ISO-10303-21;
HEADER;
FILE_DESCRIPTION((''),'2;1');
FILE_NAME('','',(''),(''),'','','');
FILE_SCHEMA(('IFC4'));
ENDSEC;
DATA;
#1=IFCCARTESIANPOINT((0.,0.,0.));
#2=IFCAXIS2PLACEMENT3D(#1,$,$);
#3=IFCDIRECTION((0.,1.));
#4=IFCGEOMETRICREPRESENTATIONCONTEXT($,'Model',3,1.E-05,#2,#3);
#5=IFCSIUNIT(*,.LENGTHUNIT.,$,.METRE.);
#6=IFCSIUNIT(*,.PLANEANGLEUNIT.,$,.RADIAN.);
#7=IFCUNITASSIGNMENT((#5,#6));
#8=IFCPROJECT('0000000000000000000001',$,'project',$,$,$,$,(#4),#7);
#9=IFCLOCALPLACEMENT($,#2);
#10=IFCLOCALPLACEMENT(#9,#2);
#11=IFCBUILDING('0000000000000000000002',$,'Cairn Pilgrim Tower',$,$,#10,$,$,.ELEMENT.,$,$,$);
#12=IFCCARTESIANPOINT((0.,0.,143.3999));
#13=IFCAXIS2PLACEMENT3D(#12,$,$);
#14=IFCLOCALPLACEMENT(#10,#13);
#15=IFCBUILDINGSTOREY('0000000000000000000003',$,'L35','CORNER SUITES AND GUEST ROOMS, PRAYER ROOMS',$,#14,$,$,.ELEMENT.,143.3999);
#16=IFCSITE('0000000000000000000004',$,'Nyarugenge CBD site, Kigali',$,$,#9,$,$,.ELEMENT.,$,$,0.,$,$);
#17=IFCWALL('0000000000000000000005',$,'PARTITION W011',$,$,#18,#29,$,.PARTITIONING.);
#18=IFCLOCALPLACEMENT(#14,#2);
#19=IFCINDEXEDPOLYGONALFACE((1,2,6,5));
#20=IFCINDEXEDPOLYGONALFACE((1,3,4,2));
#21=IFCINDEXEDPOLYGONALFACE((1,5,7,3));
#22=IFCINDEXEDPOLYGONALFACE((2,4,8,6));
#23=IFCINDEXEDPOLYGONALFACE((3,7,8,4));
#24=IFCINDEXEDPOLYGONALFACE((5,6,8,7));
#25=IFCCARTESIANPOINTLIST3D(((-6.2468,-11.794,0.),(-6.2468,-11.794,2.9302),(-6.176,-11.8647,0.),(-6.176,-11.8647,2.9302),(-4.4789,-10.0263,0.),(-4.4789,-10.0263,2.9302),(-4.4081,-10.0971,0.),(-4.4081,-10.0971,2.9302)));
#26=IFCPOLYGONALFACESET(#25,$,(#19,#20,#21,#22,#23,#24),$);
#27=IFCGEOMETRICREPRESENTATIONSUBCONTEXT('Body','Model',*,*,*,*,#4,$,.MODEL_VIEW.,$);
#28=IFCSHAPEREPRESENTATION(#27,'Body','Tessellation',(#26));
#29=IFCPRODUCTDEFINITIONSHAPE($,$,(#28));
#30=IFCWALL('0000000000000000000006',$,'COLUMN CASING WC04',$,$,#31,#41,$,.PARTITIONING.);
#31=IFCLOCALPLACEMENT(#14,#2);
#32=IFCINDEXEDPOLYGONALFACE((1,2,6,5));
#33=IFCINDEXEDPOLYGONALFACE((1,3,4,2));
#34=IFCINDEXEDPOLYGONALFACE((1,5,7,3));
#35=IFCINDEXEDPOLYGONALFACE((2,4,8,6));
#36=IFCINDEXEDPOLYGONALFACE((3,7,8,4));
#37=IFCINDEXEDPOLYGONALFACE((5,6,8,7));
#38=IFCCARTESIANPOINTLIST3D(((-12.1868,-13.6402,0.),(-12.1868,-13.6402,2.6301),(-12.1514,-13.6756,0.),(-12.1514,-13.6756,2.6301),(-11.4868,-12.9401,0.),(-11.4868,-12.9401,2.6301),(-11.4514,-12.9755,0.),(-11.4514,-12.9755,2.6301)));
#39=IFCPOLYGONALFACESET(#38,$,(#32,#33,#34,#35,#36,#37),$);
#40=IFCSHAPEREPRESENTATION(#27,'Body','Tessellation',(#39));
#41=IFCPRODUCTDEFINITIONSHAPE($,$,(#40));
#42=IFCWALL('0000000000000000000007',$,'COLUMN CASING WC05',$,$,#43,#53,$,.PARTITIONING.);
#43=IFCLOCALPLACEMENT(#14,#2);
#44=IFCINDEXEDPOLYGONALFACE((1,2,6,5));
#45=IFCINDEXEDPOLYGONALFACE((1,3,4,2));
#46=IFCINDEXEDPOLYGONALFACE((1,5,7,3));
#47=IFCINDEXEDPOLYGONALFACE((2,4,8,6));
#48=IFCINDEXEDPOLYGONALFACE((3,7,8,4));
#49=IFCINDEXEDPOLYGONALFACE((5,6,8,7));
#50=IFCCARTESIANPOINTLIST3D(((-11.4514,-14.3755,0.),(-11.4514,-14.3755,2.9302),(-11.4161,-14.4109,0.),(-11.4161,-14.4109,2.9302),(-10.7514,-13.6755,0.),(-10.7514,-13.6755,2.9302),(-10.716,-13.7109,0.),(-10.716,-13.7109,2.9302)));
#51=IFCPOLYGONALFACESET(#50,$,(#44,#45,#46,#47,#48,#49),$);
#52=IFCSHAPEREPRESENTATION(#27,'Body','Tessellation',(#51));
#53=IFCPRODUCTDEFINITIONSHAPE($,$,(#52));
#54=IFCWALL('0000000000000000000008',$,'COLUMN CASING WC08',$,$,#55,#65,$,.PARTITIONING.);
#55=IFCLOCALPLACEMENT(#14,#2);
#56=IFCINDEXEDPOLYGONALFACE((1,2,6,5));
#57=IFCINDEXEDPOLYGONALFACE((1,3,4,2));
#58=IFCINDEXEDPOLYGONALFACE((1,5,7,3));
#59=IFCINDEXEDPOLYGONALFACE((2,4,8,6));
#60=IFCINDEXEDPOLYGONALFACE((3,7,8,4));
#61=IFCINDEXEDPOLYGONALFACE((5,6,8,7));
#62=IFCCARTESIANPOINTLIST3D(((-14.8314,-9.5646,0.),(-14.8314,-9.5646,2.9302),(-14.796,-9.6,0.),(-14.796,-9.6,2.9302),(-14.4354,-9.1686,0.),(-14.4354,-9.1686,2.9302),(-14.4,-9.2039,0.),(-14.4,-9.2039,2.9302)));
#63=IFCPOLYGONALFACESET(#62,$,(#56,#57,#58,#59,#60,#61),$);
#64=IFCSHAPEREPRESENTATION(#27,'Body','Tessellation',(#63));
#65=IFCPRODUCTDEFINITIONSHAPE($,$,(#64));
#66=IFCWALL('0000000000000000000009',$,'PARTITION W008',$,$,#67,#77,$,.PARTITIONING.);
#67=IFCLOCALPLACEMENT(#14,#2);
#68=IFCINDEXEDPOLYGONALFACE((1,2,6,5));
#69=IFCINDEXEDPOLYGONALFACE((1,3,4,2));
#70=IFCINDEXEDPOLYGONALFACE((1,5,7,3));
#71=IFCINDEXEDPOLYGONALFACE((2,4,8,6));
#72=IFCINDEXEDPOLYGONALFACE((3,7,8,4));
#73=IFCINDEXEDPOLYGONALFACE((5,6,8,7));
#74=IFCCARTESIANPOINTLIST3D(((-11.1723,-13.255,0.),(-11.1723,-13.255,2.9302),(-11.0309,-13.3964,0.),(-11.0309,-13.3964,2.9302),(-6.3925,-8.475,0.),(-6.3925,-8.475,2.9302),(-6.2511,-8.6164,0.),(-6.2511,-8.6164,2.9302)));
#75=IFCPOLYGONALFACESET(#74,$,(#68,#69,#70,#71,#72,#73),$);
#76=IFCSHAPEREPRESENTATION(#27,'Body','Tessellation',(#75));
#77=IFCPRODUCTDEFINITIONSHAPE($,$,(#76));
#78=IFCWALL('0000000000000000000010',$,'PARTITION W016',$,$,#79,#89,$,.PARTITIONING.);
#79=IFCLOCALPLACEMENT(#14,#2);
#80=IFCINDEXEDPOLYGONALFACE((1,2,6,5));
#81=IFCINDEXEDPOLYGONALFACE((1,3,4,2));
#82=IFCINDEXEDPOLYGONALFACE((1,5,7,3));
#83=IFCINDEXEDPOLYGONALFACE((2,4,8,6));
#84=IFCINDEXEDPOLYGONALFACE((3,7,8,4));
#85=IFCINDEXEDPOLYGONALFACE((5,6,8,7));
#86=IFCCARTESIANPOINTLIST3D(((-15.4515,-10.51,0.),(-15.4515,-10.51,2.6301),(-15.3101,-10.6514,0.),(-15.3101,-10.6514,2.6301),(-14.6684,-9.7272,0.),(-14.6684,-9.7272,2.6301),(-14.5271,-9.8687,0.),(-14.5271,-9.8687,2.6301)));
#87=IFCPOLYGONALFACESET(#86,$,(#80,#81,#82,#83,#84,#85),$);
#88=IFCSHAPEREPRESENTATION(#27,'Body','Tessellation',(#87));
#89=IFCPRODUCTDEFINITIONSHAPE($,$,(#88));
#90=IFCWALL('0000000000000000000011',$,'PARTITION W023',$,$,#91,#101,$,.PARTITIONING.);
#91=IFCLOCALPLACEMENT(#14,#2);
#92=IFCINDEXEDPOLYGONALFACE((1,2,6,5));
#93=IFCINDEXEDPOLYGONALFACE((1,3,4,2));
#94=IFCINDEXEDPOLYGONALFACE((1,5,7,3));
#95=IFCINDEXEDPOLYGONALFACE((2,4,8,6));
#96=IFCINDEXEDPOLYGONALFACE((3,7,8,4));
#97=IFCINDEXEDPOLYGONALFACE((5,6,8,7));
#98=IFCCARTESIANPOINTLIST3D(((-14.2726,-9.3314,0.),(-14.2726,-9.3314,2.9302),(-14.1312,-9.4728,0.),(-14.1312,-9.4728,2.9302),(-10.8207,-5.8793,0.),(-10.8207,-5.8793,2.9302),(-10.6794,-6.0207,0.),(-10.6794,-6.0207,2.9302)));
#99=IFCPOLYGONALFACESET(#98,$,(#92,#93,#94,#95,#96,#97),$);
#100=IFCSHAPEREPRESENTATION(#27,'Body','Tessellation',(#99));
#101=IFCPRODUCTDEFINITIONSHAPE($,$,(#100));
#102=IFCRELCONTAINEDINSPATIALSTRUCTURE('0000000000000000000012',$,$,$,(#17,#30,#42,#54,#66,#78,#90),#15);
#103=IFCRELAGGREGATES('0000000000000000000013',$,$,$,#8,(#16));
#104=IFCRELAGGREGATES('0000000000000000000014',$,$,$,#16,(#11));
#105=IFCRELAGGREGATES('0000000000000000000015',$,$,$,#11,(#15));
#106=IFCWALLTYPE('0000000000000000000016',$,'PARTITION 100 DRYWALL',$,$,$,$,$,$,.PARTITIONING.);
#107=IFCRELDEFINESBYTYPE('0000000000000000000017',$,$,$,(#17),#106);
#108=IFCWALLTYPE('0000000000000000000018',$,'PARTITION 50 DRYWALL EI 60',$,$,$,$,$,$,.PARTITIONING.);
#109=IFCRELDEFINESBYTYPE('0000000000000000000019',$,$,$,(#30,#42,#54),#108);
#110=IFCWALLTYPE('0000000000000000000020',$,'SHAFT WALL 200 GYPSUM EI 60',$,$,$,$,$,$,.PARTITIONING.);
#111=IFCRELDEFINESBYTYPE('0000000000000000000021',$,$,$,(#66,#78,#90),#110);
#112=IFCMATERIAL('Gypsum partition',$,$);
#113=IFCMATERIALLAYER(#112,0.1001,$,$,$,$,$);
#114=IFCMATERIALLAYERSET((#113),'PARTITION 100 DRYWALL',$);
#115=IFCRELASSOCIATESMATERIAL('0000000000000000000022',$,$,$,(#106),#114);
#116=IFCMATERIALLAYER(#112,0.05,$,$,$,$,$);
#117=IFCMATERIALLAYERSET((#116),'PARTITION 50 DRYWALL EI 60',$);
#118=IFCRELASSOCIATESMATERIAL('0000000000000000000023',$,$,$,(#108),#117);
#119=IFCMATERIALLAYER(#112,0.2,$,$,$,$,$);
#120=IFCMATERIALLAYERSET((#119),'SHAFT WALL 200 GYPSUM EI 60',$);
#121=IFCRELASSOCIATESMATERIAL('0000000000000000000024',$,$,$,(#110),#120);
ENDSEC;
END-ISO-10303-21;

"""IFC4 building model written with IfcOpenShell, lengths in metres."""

from ifc_helpers import new_model, si_unit, direction, frame, frame_2d, origin, place, context, subcontext, project, spatial, rectangle, extrude, material, layer, layer_set, type_object, element, save


model = new_model("IFC4")

# Units and contexts
model_context = context("Model", 3, precision=1e-05, world=origin(), true_north=direction((0.0, 1.0)))
body_context = subcontext(model_context, "Body", "Model", "MODEL_VIEW")
ifc_project = project(units=[si_unit("LENGTHUNIT", "METRE"), si_unit("PLANEANGLEUNIT", "RADIAN")], contexts=[model_context])

# Site, building, storey
site_placement = place(None, origin())
site = spatial("IfcSite", under=ifc_project, at=site_placement, Name="Nyarugenge CBD site, Kigali", CompositionType="ELEMENT", RefElevation=0.0)
building_placement = place(site_placement, origin())
building = spatial("IfcBuilding", under=site, at=building_placement, Name="Cairn Pilgrim Tower", CompositionType="ELEMENT")
storey_placement = place(building_placement, frame((0.0, 0.0, 143.3999)))
storey = spatial("IfcBuildingStorey", under=building, at=storey_placement, Name="L35", Description="CORNER SUITES AND GUEST ROOMS, PRAYER ROOMS", CompositionType="ELEMENT", Elevation=143.3999)

# Shared definitions
ifc_material_1 = material(Name="Gypsum partition")
ifc_layer_1 = layer(ifc_material_1, 0.1001)
ifc_layer_set_1 = layer_set([ifc_layer_1], Name="PARTITION 100 DRYWALL")
wall_type_1 = type_object("IfcWallType", Name="PARTITION 100 DRYWALL", PredefinedType="PARTITIONING", material=ifc_layer_set_1)

# Walls
wall_1_placement = place(storey_placement, frame((-6.2114, -11.8293, 0.0), z_axis=(0.0, 0.0, 1.0), x_axis=(0.707156, 0.707058, 0.0)))
element("IfcWall", 1, at=wall_1_placement, inside=storey, type_object=wall_type_1, Name="PARTITION W011", PredefinedType="PARTITIONING", context=body_context, shape_type="SweptSolid", body=[
    extrude(rectangle(XDim=2.5, YDim=0.1001, at=frame_2d((1.25, 0.0))), origin(), (0.0, 0.0, 1.0), 2.9302),
])
ifc_layer_2 = layer(ifc_material_1, 0.05)
ifc_layer_set_2 = layer_set([ifc_layer_2], Name="PARTITION 50 DRYWALL EI 60")
wall_type_2 = type_object("IfcWallType", Name="PARTITION 50 DRYWALL EI 60", PredefinedType="PARTITIONING", material=ifc_layer_set_2)
wall_2_placement = place(storey_placement, frame((-12.1692, -13.658, 0.0), z_axis=(0.0, 0.0, 1.0), x_axis=(0.707107, 0.707107, 0.0)))
element("IfcWall", 2, at=wall_2_placement, inside=storey, type_object=wall_type_2, Name="COLUMN CASING WC04", PredefinedType="PARTITIONING", context=body_context, shape_type="SweptSolid", body=[
    extrude(rectangle(XDim=0.99, YDim=0.05, at=frame_2d((0.4951, 0.0))), origin(), (0.0, 0.0, 1.0), 2.6301),
])
wall_3_placement = place(storey_placement, frame((-11.4338, -14.3933, 0.0), z_axis=(0.0, 0.0, 1.0), x_axis=(0.707107, 0.707107, 0.0)))
element("IfcWall", 3, at=wall_3_placement, inside=storey, type_object=wall_type_2, Name="COLUMN CASING WC05", PredefinedType="PARTITIONING", context=body_context, shape_type="SweptSolid", body=[
    extrude(rectangle(XDim=0.99, YDim=0.05, at=frame_2d((0.4951, 0.0))), origin(), (0.0, 0.0, 1.0), 2.9302),
])
wall_4_placement = place(storey_placement, frame((-14.8137, -9.5823, 0.0), z_axis=(0.0, 0.0, 1.0), x_axis=(0.707107, 0.707107, 0.0)))
element("IfcWall", 4, at=wall_4_placement, inside=storey, type_object=wall_type_2, Name="COLUMN CASING WC08", PredefinedType="PARTITIONING", context=body_context, shape_type="SweptSolid", body=[
    extrude(rectangle(XDim=0.5601, YDim=0.05, at=frame_2d((0.28, 0.0))), origin(), (0.0, 0.0, 1.0), 2.9302),
])
ifc_layer_3 = layer(ifc_material_1, 0.2)
ifc_layer_set_3 = layer_set([ifc_layer_3], Name="SHAFT WALL 200 GYPSUM EI 60")
wall_type_3 = type_object("IfcWallType", Name="SHAFT WALL 200 GYPSUM EI 60", PredefinedType="PARTITIONING", material=ifc_layer_set_3)
wall_5_placement = place(storey_placement, frame((-11.1016, -13.3257, 0.0), z_axis=(0.0, 0.0, 1.0), x_axis=(0.707089, 0.707125, 0.0)))
element("IfcWall", 5, at=wall_5_placement, inside=storey, type_object=wall_type_3, Name="PARTITION W008", PredefinedType="PARTITIONING", context=body_context, shape_type="SweptSolid", body=[
    extrude(rectangle(XDim=6.7598, YDim=0.2, at=frame_2d((3.3799, 0.0))), origin(), (0.0, 0.0, 1.0), 2.9302),
])
wall_6_placement = place(storey_placement, frame((-15.3809, -10.5808, 0.0), z_axis=(0.0, 0.0, 1.0), x_axis=(0.707217, 0.706997, 0.0)))
element("IfcWall", 6, at=wall_6_placement, inside=storey, type_object=wall_type_3, Name="PARTITION W016", PredefinedType="PARTITIONING", context=body_context, shape_type="SweptSolid", body=[
    extrude(rectangle(XDim=1.1072, YDim=0.2, at=frame_2d((0.5537, 0.0))), origin(), (0.0, 0.0, 1.0), 2.6301),
])
wall_7_placement = place(storey_placement, frame((-14.2019, -9.4021, 0.0), z_axis=(0.0, 0.0, 1.0), x_axis=(0.707082, 0.707132, 0.0)))
element("IfcWall", 7, at=wall_7_placement, inside=storey, type_object=wall_type_3, Name="PARTITION W023", PredefinedType="PARTITIONING", context=body_context, shape_type="SweptSolid", body=[
    extrude(rectangle(XDim=4.8818, YDim=0.2, at=frame_2d((2.4409, 0.0))), origin(), (0.0, 0.0, 1.0), 2.9302),
])

save(model, "model.ifc")
